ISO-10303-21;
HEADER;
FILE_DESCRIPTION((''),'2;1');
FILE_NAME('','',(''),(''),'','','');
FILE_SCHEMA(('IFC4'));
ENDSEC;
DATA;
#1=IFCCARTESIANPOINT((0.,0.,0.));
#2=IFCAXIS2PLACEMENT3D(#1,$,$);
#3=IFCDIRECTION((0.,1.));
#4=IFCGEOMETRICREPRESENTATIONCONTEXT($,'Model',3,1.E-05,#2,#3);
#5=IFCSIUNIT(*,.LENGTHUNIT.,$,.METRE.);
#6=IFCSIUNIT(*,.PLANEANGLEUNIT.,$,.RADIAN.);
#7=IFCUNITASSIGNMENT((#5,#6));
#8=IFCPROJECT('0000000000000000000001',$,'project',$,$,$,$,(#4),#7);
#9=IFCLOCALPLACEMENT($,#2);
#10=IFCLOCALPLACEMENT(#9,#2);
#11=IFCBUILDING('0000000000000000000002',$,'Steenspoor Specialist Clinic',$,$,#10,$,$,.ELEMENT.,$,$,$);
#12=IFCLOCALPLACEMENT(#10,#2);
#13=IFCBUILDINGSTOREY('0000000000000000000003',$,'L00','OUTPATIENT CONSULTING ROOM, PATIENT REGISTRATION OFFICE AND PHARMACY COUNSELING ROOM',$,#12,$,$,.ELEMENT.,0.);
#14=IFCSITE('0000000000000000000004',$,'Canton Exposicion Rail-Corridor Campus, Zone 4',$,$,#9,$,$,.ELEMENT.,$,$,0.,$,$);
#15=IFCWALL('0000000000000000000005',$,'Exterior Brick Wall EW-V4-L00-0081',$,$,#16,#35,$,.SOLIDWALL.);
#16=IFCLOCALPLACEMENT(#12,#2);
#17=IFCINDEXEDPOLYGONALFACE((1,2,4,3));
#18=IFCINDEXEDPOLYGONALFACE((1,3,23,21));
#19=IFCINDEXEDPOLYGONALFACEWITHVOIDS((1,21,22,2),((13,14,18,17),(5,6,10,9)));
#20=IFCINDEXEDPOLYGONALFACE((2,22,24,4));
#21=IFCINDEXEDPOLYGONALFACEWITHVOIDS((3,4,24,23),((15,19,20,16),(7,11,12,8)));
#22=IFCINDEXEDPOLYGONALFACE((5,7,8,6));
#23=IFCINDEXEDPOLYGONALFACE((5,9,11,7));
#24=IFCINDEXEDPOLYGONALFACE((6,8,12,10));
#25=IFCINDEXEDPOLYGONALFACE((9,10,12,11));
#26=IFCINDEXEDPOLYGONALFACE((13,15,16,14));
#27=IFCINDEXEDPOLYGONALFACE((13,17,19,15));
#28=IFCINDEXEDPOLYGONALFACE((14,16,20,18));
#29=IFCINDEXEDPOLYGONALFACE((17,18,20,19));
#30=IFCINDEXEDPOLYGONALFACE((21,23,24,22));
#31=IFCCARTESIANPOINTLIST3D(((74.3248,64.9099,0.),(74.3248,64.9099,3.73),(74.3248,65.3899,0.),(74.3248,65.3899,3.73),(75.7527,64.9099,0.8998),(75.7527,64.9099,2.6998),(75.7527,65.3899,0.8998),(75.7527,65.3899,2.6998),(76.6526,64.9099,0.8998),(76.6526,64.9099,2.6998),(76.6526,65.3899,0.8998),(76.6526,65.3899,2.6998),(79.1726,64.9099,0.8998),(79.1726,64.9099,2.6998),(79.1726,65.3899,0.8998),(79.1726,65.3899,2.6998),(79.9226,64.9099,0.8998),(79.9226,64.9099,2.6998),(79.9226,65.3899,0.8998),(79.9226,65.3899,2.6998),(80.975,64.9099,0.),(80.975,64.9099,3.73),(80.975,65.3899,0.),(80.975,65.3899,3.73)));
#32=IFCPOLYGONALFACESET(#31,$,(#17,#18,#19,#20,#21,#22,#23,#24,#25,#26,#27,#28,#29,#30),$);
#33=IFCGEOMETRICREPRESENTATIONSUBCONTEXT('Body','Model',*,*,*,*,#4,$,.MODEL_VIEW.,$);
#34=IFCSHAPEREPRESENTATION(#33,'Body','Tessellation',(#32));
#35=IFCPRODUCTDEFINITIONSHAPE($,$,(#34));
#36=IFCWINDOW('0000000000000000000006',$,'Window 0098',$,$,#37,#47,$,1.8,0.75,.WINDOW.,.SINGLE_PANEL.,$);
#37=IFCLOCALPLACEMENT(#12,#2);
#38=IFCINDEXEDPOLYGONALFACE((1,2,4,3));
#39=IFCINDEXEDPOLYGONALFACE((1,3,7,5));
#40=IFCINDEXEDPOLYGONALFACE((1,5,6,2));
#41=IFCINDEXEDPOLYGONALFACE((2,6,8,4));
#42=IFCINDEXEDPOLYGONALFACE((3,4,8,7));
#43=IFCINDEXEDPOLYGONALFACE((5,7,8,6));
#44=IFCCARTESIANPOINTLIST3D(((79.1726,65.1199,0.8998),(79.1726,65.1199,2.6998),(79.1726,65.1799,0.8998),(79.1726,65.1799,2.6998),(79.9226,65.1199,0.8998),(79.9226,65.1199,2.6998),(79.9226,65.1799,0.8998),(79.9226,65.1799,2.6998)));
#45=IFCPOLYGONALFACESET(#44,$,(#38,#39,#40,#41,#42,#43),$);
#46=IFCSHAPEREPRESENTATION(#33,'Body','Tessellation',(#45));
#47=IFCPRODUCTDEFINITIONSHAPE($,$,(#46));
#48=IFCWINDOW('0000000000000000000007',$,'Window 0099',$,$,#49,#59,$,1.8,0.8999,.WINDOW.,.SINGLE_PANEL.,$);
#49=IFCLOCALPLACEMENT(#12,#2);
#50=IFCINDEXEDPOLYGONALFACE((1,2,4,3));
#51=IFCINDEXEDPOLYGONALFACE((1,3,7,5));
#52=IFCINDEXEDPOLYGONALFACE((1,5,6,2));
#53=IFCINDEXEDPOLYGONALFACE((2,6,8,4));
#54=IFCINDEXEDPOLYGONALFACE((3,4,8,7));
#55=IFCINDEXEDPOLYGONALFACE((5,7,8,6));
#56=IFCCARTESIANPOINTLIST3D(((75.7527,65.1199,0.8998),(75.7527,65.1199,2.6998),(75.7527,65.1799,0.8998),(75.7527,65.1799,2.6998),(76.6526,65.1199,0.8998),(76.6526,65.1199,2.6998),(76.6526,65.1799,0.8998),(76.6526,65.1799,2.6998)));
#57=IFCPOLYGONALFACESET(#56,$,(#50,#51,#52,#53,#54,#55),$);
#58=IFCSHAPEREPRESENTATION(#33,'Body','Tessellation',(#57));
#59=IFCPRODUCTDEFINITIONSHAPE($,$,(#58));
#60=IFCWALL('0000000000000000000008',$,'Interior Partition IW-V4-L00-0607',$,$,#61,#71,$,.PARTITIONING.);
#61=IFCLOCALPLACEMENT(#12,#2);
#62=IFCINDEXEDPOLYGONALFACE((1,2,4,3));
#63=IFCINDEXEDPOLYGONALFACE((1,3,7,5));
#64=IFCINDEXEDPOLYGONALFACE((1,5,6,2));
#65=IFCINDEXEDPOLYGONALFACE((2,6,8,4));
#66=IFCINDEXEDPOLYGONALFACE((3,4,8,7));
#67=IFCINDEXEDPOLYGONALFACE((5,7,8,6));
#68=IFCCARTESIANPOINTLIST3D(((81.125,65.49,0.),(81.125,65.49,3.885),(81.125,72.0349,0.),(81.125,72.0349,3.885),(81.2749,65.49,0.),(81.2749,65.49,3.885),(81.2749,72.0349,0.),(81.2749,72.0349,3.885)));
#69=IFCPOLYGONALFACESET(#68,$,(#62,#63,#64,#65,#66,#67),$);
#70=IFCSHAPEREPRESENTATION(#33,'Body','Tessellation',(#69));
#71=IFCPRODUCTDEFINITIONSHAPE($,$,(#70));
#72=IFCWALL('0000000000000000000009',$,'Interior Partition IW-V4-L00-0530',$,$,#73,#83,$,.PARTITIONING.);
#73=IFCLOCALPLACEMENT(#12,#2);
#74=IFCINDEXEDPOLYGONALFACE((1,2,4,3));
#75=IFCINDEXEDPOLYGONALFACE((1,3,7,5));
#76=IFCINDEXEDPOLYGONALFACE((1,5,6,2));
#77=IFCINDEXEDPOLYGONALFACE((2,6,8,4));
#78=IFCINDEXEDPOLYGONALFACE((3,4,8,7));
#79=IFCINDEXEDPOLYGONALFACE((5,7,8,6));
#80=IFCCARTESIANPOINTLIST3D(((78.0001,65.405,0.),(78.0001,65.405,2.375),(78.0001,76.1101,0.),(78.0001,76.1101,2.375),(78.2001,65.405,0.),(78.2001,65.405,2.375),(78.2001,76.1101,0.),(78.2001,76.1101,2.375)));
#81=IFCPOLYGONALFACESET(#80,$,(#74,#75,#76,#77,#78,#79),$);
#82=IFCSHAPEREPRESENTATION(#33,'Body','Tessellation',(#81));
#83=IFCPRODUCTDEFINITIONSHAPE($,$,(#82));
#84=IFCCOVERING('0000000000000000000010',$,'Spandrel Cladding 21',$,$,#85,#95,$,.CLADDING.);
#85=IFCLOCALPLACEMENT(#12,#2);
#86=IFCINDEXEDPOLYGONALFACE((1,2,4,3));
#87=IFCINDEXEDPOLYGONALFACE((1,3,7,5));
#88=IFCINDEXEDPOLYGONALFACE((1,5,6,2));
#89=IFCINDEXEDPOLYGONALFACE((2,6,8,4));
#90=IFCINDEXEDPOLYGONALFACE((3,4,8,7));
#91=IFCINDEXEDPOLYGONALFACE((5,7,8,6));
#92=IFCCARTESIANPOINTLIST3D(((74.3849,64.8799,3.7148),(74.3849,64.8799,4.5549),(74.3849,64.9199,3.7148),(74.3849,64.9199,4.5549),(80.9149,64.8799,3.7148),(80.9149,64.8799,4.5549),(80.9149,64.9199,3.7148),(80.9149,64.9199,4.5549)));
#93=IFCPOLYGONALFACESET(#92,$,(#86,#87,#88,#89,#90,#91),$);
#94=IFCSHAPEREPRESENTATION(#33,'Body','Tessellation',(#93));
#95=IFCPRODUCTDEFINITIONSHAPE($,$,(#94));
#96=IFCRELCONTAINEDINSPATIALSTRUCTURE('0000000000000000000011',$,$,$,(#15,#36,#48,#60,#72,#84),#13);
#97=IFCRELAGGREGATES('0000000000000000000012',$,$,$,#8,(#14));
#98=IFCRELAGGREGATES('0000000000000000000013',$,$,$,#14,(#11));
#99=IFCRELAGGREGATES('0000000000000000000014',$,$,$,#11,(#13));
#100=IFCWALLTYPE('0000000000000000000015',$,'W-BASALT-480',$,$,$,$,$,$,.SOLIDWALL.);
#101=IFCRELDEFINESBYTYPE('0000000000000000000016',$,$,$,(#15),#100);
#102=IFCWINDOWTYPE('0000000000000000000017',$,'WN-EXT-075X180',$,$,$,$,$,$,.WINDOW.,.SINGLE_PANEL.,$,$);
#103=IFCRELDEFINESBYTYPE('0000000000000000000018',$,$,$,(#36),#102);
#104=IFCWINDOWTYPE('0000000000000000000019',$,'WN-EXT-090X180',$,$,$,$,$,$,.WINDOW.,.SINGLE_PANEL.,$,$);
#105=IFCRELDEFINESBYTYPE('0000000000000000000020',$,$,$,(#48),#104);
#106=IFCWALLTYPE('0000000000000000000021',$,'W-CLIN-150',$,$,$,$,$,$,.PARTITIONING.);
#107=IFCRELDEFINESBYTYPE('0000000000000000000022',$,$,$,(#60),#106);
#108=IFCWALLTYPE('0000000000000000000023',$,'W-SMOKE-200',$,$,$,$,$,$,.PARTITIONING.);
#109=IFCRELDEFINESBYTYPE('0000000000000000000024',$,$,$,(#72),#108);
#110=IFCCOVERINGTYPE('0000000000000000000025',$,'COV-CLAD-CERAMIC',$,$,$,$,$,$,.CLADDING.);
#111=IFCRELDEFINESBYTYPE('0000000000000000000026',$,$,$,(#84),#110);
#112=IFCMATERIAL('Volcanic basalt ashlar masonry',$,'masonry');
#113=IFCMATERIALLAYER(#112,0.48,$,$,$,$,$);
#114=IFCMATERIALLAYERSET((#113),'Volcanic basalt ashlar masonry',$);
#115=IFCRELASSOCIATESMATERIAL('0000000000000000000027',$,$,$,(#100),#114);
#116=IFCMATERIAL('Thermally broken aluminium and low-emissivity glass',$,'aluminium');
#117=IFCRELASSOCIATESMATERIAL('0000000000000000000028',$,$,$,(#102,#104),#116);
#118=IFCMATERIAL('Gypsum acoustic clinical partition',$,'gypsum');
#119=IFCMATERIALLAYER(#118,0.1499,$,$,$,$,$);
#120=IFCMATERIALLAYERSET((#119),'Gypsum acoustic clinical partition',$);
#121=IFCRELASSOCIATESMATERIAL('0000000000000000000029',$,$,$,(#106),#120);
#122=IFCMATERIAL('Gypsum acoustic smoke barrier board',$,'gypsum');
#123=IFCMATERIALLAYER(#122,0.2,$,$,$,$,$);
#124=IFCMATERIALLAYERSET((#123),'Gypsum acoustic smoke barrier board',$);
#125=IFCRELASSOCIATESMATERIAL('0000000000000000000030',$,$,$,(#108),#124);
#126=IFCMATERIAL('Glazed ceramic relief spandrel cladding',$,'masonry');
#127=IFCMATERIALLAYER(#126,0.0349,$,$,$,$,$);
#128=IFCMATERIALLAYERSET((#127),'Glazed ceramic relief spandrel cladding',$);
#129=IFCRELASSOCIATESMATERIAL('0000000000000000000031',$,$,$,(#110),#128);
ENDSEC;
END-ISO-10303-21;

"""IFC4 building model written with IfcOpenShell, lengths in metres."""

from ifc_helpers import new_model, si_unit, direction, frame, frame_2d, origin, origin_2d, place, context, subcontext, project, spatial, rectangle, extrude, material, layer, layer_set, type_object, element, fill, save


model = new_model("IFC4")

# Units and contexts
model_context = context("Model", 3, precision=1e-05, world=origin(), true_north=direction((0.0, 1.0)))
body_context = subcontext(model_context, "Body", "Model", "MODEL_VIEW")
ifc_project = project(units=[si_unit("LENGTHUNIT", "METRE"), si_unit("PLANEANGLEUNIT", "RADIAN")], contexts=[model_context])

# Site, building, storey
site_placement = place(None, origin())
site = spatial("IfcSite", under=ifc_project, at=site_placement, Name="Canton Exposicion Rail-Corridor Campus, Zone 4", CompositionType="ELEMENT", RefElevation=0.0)
building_placement = place(site_placement, origin())
building = spatial("IfcBuilding", under=site, at=building_placement, Name="Steenspoor Specialist Clinic", CompositionType="ELEMENT")
storey_placement = place(building_placement, origin())
storey = spatial("IfcBuildingStorey", under=building, at=storey_placement, Name="L00", Description="OUTPATIENT CONSULTING ROOM, PATIENT REGISTRATION OFFICE AND PHARMACY COUNSELING ROOM", CompositionType="ELEMENT", Elevation=0.0)

# Shared definitions
ifc_material_1 = material(Name="Thermally broken aluminium and low-emissivity glass", Category="aluminium")

# Wall, openings, windows
ifc_material_2 = material(Name="Volcanic basalt ashlar masonry", Category="masonry")
ifc_layer_1 = layer(ifc_material_2, 0.48)
ifc_layer_set_1 = layer_set([ifc_layer_1], Name="Volcanic basalt ashlar masonry")
wall_type_1 = type_object("IfcWallType", Name="W-BASALT-480", PredefinedType="SOLIDWALL", material=ifc_layer_set_1)
wall_1_placement = place(storey_placement, frame((80.9751, 65.1499, 0.0), z_axis=(0.0, 0.0, 1.0), x_axis=(-1.0, 0.0, 0.0)))
wall_1 = element("IfcWall", 1, at=wall_1_placement, inside=storey, type_object=wall_type_1, Name="Exterior Brick Wall EW-V4-L00-0081", PredefinedType="SOLIDWALL", context=body_context, shape_type="SweptSolid", body=[
    extrude(rectangle(XDim=6.6501, YDim=0.48, at=frame_2d((3.3252, 0.0))), origin(), (0.0, 0.0, 1.0), 3.73),
])
opening_1_placement = place(wall_1_placement, frame((1.0525, 0.0, 0.8999)))
opening_1 = element("IfcOpeningElement", 2, at=opening_1_placement, cuts=wall_1, PredefinedType="OPENING", context=body_context, shape_type="SweptSolid", body=[
    extrude(rectangle(XDim=0.75, YDim=1.8, at=frame_2d((0.375, 0.8999))), frame((0.0, 0.25, 0.0), z_axis=(0.0, -1.0, 0.0), x_axis=(1.0, 0.0, 0.0)), (0.0, 0.0, 1.0), 0.5),
])
opening_2_placement = place(wall_1_placement, frame((4.3225, 0.0, 0.8999)))
opening_2 = element("IfcOpeningElement", 3, at=opening_2_placement, cuts=wall_1, PredefinedType="OPENING", context=body_context, shape_type="SweptSolid", body=[
    extrude(rectangle(XDim=0.8999, YDim=1.8, at=frame_2d((0.45, 0.8999))), frame((0.0, 0.25, 0.0), z_axis=(0.0, -1.0, 0.0), x_axis=(1.0, 0.0, 0.0)), (0.0, 0.0, 1.0), 0.5),
])
window_type_1 = type_object("IfcWindowType", Name="WN-EXT-075X180", PartitioningType="SINGLE_PANEL", PredefinedType="WINDOW", material=ifc_material_1)
window_1_placement = place(opening_1_placement, origin())
window_1 = element("IfcWindow", 4, at=window_1_placement, inside=storey, type_object=window_type_1, Name="Window 0098", OverallHeight=1.8, OverallWidth=0.75, PartitioningType="SINGLE_PANEL", PredefinedType="WINDOW", context=body_context, shape_type="SweptSolid", body=[
    extrude(rectangle(XDim=0.75, YDim=1.8, at=frame_2d((0.375, 0.8999))), frame((0.0, 0.03, 0.0), z_axis=(0.0, -1.0, 0.0), x_axis=(1.0, 0.0, 0.0)), (0.0, 0.0, 1.0), 0.0601),
])
fill(opening_1, window_1)
window_type_2 = type_object("IfcWindowType", Name="WN-EXT-090X180", PartitioningType="SINGLE_PANEL", PredefinedType="WINDOW", material=ifc_material_1)
window_2_placement = place(opening_2_placement, origin())
window_2 = element("IfcWindow", 5, at=window_2_placement, inside=storey, type_object=window_type_2, Name="Window 0099", OverallHeight=1.8, OverallWidth=0.8999, PartitioningType="SINGLE_PANEL", PredefinedType="WINDOW", context=body_context, shape_type="SweptSolid", body=[
    extrude(rectangle(XDim=0.8999, YDim=1.8, at=frame_2d((0.45, 0.8999))), frame((0.0, 0.03, 0.0), z_axis=(0.0, -1.0, 0.0), x_axis=(1.0, 0.0, 0.0)), (0.0, 0.0, 1.0), 0.0601),
])
fill(opening_2, window_2)

# Walls
ifc_material_3 = material(Name="Gypsum acoustic clinical partition", Category="gypsum")
ifc_layer_2 = layer(ifc_material_3, 0.1499)
ifc_layer_set_2 = layer_set([ifc_layer_2], Name="Gypsum acoustic clinical partition")
wall_type_2 = type_object("IfcWallType", Name="W-CLIN-150", PredefinedType="PARTITIONING", material=ifc_layer_set_2)
wall_2_placement = place(storey_placement, frame((81.2, 65.49, 0.0), z_axis=(0.0, 0.0, 1.0), x_axis=(0.0, 1.0, 0.0)))
element("IfcWall", 6, at=wall_2_placement, inside=storey, type_object=wall_type_2, Name="Interior Partition IW-V4-L00-0607", PredefinedType="PARTITIONING", context=body_context, shape_type="SweptSolid", body=[
    extrude(rectangle(XDim=6.5449, YDim=0.1499, at=frame_2d((3.2725, 0.0))), origin(), (0.0, 0.0, 1.0), 3.885),
])
ifc_material_4 = material(Name="Gypsum acoustic smoke barrier board", Category="gypsum")
ifc_layer_3 = layer(ifc_material_4, 0.2)
ifc_layer_set_3 = layer_set([ifc_layer_3], Name="Gypsum acoustic smoke barrier board")
wall_type_3 = type_object("IfcWallType", Name="W-SMOKE-200", PredefinedType="PARTITIONING", material=ifc_layer_set_3)
wall_3_placement = place(storey_placement, frame((78.1001, 65.405, 0.0), z_axis=(0.0, 0.0, 1.0), x_axis=(0.0, 1.0, 0.0)))
element("IfcWall", 7, at=wall_3_placement, inside=storey, type_object=wall_type_3, Name="Interior Partition IW-V4-L00-0530", PredefinedType="PARTITIONING", context=body_context, shape_type="SweptSolid", body=[
    extrude(rectangle(XDim=10.7051, YDim=0.2, at=frame_2d((5.3525, 0.0))), origin(), (0.0, 0.0, 1.0), 2.375),
])

# Covering
ifc_material_5 = material(Name="Glazed ceramic relief spandrel cladding", Category="masonry")
ifc_layer_4 = layer(ifc_material_5, 0.0349)
ifc_layer_set_4 = layer_set([ifc_layer_4], Name="Glazed ceramic relief spandrel cladding")
covering_type = type_object("IfcCoveringType", Name="COV-CLAD-CERAMIC", PredefinedType="CLADDING", material=ifc_layer_set_4)
covering_placement = place(storey_placement, frame((77.6499, 64.8999, 3.7148), z_axis=(0.0, 0.0, 1.0), x_axis=(-1.0, 0.0, 0.0)))
element("IfcCovering", 8, at=covering_placement, inside=storey, type_object=covering_type, Name="Spandrel Cladding 21", PredefinedType="CLADDING", context=body_context, shape_type="SweptSolid", body=[
    extrude(rectangle(XDim=6.53, YDim=0.04, at=origin_2d()), origin(), (0.0, 0.0, 1.0), 0.8401),
])

save(model, "model.ifc")
